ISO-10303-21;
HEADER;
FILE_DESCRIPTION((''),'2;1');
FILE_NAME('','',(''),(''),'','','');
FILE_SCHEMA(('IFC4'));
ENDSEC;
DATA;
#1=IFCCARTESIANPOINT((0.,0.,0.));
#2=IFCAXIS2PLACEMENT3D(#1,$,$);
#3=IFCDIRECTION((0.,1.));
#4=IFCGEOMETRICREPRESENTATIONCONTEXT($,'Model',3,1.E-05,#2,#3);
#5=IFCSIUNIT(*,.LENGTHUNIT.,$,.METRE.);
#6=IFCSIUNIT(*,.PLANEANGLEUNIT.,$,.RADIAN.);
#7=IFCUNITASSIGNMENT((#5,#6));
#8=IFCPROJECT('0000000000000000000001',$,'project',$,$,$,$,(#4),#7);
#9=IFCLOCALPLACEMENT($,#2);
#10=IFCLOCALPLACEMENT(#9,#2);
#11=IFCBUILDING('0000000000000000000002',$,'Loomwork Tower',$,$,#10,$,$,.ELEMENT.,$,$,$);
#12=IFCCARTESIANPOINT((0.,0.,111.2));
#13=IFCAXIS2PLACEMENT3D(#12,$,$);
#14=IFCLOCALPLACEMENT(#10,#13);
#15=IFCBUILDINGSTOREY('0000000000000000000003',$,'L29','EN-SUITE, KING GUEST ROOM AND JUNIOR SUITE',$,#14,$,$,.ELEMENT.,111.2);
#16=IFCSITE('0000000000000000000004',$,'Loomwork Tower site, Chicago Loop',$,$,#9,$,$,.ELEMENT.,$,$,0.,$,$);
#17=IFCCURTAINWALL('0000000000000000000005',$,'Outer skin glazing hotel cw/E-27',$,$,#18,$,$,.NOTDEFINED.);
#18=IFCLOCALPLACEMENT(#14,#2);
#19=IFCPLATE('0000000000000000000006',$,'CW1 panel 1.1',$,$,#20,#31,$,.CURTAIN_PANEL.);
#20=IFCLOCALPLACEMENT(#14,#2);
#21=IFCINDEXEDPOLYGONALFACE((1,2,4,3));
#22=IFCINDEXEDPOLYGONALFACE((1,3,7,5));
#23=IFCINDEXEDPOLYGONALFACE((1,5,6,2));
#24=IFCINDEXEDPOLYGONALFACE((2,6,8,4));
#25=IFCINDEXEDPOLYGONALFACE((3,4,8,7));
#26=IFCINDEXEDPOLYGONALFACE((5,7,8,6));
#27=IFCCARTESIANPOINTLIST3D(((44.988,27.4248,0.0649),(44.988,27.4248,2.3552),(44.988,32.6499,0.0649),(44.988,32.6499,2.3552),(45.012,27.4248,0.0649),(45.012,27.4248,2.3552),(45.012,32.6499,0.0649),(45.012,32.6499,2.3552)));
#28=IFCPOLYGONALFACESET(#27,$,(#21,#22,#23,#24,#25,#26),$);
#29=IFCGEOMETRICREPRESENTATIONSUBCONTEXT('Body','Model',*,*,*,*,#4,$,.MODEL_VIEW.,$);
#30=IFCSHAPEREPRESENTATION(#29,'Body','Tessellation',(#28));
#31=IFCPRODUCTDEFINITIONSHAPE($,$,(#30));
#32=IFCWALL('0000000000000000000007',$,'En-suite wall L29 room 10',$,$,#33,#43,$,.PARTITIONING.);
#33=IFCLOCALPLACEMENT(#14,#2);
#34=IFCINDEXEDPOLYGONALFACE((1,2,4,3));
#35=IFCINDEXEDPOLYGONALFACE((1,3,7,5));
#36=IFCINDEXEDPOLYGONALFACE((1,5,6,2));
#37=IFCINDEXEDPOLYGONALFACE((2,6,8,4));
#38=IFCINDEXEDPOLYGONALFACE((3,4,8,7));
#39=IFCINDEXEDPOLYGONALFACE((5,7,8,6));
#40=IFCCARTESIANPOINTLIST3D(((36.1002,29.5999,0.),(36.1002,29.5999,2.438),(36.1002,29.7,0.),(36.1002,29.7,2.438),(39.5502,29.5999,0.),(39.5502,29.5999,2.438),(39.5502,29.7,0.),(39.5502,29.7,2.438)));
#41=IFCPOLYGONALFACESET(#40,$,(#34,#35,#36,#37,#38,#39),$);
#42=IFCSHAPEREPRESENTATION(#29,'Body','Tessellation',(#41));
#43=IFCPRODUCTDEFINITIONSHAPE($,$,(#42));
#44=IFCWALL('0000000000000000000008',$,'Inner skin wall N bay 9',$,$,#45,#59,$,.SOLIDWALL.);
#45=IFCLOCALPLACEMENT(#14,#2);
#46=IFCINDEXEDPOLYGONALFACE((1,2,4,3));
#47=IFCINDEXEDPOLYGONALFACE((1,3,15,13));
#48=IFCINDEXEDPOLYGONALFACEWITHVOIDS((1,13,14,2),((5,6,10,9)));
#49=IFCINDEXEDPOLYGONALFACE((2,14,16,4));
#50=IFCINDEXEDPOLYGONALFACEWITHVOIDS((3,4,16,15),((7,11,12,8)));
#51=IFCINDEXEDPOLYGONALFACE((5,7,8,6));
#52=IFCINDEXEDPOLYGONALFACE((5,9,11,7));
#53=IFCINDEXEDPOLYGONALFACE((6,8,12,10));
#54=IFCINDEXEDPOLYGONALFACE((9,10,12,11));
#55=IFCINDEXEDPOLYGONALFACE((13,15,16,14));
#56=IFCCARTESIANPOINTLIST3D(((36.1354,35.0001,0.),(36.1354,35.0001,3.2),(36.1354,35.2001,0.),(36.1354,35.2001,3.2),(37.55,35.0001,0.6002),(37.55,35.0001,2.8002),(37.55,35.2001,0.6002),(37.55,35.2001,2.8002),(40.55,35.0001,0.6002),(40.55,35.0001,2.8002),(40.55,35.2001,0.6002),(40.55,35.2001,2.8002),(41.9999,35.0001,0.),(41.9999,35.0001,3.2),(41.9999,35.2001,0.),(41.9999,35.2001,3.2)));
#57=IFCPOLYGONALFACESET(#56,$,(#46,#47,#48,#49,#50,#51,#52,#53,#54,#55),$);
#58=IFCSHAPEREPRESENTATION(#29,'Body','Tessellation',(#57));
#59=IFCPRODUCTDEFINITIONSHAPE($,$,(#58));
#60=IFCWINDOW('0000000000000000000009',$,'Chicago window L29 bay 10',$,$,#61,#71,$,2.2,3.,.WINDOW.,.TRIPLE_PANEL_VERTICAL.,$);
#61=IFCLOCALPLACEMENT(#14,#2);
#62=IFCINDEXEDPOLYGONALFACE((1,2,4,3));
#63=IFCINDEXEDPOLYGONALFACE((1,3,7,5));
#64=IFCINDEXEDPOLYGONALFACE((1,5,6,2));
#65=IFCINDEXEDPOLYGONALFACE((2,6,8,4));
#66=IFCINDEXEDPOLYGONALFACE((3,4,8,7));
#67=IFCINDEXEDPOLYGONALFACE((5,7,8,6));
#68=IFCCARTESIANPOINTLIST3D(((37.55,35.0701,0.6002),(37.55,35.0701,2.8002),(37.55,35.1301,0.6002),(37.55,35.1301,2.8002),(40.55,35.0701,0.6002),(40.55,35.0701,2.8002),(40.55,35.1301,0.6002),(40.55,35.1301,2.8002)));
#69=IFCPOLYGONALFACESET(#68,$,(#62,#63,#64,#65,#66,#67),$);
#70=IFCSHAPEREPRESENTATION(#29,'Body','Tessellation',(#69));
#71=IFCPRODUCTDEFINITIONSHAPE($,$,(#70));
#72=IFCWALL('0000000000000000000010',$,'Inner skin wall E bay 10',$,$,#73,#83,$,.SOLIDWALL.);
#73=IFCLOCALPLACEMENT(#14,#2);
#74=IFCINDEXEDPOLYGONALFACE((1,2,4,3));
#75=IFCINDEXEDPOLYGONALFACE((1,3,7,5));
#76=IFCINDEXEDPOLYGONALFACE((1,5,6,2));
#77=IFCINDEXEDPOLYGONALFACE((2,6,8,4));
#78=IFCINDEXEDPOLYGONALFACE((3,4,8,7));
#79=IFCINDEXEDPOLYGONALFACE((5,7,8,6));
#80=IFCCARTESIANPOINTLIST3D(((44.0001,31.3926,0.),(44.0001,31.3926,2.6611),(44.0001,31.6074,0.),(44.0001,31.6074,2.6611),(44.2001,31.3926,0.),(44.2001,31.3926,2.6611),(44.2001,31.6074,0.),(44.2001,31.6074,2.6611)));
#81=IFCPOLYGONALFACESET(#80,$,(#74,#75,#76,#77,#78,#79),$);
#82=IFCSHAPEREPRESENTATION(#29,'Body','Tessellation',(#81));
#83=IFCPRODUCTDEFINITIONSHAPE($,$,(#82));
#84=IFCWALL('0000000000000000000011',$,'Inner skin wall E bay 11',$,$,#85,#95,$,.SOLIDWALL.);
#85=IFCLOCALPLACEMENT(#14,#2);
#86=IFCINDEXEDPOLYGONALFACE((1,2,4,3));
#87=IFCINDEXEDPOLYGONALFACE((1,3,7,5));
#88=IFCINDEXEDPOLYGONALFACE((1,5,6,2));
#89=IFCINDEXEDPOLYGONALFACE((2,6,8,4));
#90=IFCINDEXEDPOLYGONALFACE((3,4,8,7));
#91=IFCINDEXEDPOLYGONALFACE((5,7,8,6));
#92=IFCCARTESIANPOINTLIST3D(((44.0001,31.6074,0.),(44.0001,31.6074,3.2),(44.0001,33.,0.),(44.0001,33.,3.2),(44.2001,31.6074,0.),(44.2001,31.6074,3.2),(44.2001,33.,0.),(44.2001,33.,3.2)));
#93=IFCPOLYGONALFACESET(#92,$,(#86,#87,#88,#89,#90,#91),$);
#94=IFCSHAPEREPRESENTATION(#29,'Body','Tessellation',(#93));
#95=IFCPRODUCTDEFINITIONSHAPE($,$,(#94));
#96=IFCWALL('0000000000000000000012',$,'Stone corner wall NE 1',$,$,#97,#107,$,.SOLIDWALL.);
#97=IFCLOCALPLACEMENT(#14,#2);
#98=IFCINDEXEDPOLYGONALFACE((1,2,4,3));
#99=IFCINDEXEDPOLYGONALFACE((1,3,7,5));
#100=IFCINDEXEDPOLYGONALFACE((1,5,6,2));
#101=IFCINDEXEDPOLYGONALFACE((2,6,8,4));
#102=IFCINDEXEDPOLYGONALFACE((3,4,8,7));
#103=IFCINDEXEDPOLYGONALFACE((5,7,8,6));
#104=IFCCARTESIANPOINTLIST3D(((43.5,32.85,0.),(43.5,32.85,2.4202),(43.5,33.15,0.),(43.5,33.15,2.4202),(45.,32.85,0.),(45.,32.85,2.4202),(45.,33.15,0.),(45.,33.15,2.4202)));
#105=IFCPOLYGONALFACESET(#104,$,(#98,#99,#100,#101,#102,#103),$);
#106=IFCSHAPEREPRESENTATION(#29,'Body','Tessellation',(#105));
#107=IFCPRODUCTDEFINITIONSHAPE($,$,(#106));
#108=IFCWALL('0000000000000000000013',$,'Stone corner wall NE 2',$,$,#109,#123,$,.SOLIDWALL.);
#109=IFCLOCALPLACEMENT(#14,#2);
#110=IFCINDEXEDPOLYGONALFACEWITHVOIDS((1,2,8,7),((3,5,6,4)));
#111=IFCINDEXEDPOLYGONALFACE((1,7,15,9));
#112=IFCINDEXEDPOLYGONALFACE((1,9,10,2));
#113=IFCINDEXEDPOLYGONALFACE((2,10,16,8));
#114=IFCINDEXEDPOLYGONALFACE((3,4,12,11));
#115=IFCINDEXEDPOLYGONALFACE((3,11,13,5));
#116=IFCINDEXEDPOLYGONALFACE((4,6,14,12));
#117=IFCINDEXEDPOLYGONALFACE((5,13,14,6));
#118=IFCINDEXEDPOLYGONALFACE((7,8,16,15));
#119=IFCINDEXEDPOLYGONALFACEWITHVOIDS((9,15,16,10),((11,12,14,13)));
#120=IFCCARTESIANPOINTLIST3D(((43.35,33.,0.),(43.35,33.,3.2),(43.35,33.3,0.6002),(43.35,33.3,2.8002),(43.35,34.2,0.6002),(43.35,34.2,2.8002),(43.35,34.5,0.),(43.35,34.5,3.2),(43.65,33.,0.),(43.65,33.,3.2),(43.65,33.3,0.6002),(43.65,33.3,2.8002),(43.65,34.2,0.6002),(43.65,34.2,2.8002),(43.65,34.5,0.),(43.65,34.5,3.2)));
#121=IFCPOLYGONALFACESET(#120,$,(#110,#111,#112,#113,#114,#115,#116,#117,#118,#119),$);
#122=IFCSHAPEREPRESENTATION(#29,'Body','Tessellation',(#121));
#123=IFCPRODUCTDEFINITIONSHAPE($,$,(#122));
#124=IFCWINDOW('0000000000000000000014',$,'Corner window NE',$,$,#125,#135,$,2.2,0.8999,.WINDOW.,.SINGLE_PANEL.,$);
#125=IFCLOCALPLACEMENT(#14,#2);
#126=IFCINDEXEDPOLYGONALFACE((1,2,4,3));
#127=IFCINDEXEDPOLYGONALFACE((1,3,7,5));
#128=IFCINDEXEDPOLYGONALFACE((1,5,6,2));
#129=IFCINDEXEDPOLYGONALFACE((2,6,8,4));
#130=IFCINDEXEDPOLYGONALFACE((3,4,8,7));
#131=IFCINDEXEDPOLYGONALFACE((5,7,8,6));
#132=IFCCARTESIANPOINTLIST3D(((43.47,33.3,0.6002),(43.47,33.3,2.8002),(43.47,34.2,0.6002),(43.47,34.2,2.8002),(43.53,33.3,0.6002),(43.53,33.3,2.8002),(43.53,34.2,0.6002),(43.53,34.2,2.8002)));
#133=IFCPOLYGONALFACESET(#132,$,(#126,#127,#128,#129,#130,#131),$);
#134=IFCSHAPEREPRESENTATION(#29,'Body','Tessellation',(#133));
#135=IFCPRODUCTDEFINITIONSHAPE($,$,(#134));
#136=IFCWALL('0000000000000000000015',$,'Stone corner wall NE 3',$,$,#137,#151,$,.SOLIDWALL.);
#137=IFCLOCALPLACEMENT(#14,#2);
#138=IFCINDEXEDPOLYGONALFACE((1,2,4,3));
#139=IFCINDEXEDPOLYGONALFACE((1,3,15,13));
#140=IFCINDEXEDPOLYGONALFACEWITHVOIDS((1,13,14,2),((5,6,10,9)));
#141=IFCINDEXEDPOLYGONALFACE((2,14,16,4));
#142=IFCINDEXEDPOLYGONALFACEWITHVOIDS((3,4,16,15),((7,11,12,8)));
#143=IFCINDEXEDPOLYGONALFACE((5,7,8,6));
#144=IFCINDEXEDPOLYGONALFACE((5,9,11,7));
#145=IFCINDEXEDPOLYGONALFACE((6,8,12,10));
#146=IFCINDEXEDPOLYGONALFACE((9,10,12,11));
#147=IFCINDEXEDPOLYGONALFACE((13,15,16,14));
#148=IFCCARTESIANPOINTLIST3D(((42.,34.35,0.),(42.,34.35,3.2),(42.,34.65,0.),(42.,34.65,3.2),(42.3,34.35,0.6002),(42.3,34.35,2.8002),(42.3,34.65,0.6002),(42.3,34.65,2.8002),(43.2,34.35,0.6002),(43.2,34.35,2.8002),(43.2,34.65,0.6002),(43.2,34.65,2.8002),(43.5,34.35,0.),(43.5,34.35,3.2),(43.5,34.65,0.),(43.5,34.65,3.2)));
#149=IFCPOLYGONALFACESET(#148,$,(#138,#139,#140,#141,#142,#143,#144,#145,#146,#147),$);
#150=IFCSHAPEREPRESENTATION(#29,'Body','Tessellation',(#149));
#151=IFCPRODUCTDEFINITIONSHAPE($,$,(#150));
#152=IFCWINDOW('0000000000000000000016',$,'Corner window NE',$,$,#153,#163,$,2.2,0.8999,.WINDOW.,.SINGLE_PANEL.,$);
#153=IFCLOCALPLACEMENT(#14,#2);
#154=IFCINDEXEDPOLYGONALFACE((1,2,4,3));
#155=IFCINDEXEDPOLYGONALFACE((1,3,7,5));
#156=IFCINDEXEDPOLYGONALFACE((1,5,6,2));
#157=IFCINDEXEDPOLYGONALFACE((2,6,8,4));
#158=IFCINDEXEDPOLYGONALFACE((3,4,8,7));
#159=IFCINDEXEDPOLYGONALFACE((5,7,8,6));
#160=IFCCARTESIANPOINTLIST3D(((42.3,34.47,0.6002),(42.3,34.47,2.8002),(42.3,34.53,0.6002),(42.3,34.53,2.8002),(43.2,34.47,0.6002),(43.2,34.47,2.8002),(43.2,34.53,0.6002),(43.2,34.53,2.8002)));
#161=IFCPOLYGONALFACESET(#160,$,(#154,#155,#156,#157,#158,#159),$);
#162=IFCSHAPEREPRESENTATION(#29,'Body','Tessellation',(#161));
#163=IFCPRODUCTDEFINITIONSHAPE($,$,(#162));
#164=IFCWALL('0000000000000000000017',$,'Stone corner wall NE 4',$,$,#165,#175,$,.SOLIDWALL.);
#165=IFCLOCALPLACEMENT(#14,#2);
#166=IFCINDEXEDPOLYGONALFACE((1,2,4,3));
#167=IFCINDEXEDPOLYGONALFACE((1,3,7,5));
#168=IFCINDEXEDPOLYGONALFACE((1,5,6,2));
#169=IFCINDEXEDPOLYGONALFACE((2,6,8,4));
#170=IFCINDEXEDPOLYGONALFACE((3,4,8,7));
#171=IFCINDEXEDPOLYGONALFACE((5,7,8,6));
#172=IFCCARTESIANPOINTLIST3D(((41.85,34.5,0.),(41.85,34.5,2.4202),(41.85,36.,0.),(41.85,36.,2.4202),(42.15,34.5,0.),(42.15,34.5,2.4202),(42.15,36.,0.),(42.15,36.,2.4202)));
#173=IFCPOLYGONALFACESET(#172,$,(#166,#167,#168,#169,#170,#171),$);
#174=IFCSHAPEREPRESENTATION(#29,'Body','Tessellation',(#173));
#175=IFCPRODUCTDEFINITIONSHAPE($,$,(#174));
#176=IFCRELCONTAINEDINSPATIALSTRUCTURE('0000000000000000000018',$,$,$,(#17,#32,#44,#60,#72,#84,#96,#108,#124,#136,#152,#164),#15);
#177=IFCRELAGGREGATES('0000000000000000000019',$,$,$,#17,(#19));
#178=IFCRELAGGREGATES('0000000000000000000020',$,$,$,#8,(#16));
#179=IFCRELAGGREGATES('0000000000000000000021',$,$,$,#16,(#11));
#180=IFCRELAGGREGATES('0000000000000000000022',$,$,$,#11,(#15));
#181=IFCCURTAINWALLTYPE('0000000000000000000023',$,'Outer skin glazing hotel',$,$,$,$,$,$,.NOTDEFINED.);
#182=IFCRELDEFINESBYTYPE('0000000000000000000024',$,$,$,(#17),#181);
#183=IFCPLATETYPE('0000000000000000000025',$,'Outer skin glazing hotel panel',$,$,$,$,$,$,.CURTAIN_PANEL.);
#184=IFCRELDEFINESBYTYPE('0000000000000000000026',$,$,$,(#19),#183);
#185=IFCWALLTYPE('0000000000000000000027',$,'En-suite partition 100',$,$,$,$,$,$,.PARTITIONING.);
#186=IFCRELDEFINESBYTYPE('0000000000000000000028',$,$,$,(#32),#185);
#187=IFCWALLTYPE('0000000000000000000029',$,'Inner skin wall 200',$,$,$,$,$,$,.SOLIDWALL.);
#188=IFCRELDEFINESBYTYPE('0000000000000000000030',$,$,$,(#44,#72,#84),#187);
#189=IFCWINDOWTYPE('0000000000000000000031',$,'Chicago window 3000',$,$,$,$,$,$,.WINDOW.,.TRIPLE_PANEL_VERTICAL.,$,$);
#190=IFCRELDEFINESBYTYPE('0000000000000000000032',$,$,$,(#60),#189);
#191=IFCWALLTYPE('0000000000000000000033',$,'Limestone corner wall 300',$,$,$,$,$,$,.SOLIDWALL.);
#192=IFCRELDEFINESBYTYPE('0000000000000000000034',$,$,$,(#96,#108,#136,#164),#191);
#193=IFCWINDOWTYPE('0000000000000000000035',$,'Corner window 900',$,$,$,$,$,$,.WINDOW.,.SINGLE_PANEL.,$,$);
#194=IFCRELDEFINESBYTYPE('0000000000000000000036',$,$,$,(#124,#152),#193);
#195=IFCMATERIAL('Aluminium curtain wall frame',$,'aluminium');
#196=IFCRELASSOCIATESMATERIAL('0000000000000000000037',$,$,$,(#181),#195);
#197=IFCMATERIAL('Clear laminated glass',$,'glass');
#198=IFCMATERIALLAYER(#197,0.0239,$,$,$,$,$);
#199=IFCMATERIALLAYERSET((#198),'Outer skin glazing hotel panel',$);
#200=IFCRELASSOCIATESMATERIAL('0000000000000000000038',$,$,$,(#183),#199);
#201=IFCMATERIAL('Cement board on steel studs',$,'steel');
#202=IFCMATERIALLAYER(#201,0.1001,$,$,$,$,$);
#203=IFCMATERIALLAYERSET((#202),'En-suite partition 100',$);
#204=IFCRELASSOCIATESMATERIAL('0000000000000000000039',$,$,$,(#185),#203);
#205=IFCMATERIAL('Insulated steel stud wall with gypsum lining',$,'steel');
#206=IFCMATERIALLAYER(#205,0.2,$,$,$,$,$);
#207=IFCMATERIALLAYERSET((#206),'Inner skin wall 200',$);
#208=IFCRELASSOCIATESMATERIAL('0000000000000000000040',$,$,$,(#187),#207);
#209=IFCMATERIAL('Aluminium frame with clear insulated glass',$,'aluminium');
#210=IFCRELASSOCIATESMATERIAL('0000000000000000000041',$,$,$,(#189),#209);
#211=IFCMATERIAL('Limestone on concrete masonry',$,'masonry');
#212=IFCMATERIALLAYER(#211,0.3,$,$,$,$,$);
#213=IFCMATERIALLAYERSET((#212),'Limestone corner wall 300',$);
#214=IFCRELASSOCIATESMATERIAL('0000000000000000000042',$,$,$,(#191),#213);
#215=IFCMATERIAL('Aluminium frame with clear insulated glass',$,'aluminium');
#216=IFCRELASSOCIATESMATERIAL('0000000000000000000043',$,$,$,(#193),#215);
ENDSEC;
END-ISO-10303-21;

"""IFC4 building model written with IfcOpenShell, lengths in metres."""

from ifc_helpers import new_model, si_unit, direction, frame, frame_2d, origin, origin_2d, place, context, subcontext, project, spatial, rectangle, extrude, material, layer, layer_set, type_object, element, fill, aggregate, save


model = new_model("IFC4")

# Units and contexts
model_context = context("Model", 3, precision=1e-05, world=origin(), true_north=direction((0.0, 1.0)))
body_context = subcontext(model_context, "Body", "Model", "MODEL_VIEW")
ifc_project = project(units=[si_unit("LENGTHUNIT", "METRE"), si_unit("PLANEANGLEUNIT", "RADIAN")], contexts=[model_context])

# Site, building, storey
site_placement = place(None, origin())
site = spatial("IfcSite", under=ifc_project, at=site_placement, Name="Loomwork Tower site, Chicago Loop", CompositionType="ELEMENT", RefElevation=0.0)
building_placement = place(site_placement, origin())
building = spatial("IfcBuilding", under=site, at=building_placement, Name="Loomwork Tower", CompositionType="ELEMENT")
storey_placement = place(building_placement, frame((0.0, 0.0, 111.2)))
storey = spatial("IfcBuildingStorey", under=building, at=storey_placement, Name="L29", Description="EN-SUITE, KING GUEST ROOM AND JUNIOR SUITE", CompositionType="ELEMENT", Elevation=111.2)

# Curtain wall
ifc_material_1 = material(Name="Aluminium curtain wall frame", Category="aluminium")
curtain_wall_type = type_object("IfcCurtainWallType", Name="Outer skin glazing hotel", PredefinedType="NOTDEFINED", material=ifc_material_1)
curtain_wall_1_placement = place(storey_placement, origin())
curtain_wall_1 = element("IfcCurtainWall", 1, at=curtain_wall_1_placement, inside=storey, type_object=curtain_wall_type, Name="Outer skin glazing hotel cw/E-27", PredefinedType="NOTDEFINED")

# Plate
ifc_material_2 = material(Name="Clear laminated glass", Category="glass")
ifc_layer_1 = layer(ifc_material_2, 0.0239)
ifc_layer_set_1 = layer_set([ifc_layer_1], Name="Outer skin glazing hotel panel")
plate_type = type_object("IfcPlateType", Name="Outer skin glazing hotel panel", PredefinedType="CURTAIN_PANEL", material=ifc_layer_set_1)
plate_1_placement = place(storey_placement, frame((45.0, 30.0374, 0.0649), z_axis=(0.0, 0.0, 1.0), x_axis=(0.0, 1.0, 0.0)))
plate_1 = element("IfcPlate", 2, at=plate_1_placement, type_object=plate_type, Name="CW1 panel 1.1", PredefinedType="CURTAIN_PANEL", context=body_context, shape_type="SweptSolid", body=[
    extrude(rectangle(XDim=5.2251, YDim=0.0239, at=origin_2d()), origin(), (0.0, 0.0, 1.0), 2.2903),
])
aggregate(curtain_wall_1, [plate_1])

# Wall
ifc_material_3 = material(Name="Cement board on steel studs", Category="steel")
ifc_layer_2 = layer(ifc_material_3, 0.1001)
ifc_layer_set_2 = layer_set([ifc_layer_2], Name="En-suite partition 100")
wall_type_1 = type_object("IfcWallType", Name="En-suite partition 100", PredefinedType="PARTITIONING", material=ifc_layer_set_2)
wall_1_placement = place(storey_placement, frame((36.1001, 29.6499, 0.0), z_axis=(0.0, 0.0, 1.0), x_axis=(1.0, 0.0, 0.0)))
element("IfcWall", 3, at=wall_1_placement, inside=storey, type_object=wall_type_1, Name="En-suite wall L29 room 10", PredefinedType="PARTITIONING", context=body_context, shape_type="SweptSolid", body=[
    extrude(rectangle(XDim=3.45, YDim=0.1001, at=frame_2d((1.7251, 0.0))), origin(), (0.0, 0.0, 1.0), 2.438),
])

# Wall, opening, window
ifc_material_4 = material(Name="Insulated steel stud wall with gypsum lining", Category="steel")
ifc_layer_3 = layer(ifc_material_4, 0.2)
ifc_layer_set_3 = layer_set([ifc_layer_3], Name="Inner skin wall 200")
wall_type_2 = type_object("IfcWallType", Name="Inner skin wall 200", PredefinedType="SOLIDWALL", material=ifc_layer_set_3)
wall_2_placement = place(storey_placement, frame((36.1355, 35.1001, 0.0), z_axis=(0.0, 0.0, 1.0), x_axis=(1.0, 0.0, 0.0)))
wall_2 = element("IfcWall", 4, at=wall_2_placement, inside=storey, type_object=wall_type_2, Name="Inner skin wall N bay 9", PredefinedType="SOLIDWALL", context=body_context, shape_type="SweptSolid", body=[
    extrude(rectangle(XDim=5.8645, YDim=0.2, at=frame_2d((2.9321, 0.0))), origin(), (0.0, 0.0, 1.0), 3.2),
])
opening_1_placement = place(wall_2_placement, frame((1.4146, 0.0, 0.6001)))
opening_1 = element("IfcOpeningElement", 5, at=opening_1_placement, cuts=wall_2, PredefinedType="OPENING", context=body_context, shape_type="SweptSolid", body=[
    extrude(rectangle(XDim=3.0, YDim=2.2, at=frame_2d((1.5, 1.1001))), frame((0.0, 0.1099, 0.0), z_axis=(0.0, -1.0, 0.0), x_axis=(1.0, 0.0, 0.0)), (0.0, 0.0, 1.0), 0.22),
])
ifc_material_5 = material(Name="Aluminium frame with clear insulated glass", Category="aluminium")
window_type_1 = type_object("IfcWindowType", Name="Chicago window 3000", PartitioningType="TRIPLE_PANEL_VERTICAL", PredefinedType="WINDOW", material=ifc_material_5)
window_1_placement = place(opening_1_placement, origin())
window_1 = element("IfcWindow", 6, at=window_1_placement, inside=storey, type_object=window_type_1, Name="Chicago window L29 bay 10", OverallHeight=2.2, OverallWidth=3.0, PartitioningType="TRIPLE_PANEL_VERTICAL", PredefinedType="WINDOW", context=body_context, shape_type="SweptSolid", body=[
    extrude(rectangle(XDim=3.0, YDim=2.2, at=frame_2d((1.5, 1.1001))), frame((0.0, 0.03, 0.0), z_axis=(0.0, -1.0, 0.0), x_axis=(1.0, 0.0, 0.0)), (0.0, 0.0, 1.0), 0.0601),
])
fill(opening_1, window_1)

# Walls
wall_3_placement = place(storey_placement, frame((44.1001, 31.3926, 0.0), z_axis=(0.0, 0.0, 1.0), x_axis=(0.0, 1.0, 0.0)))
element("IfcWall", 7, at=wall_3_placement, inside=storey, type_object=wall_type_2, Name="Inner skin wall E bay 10", PredefinedType="SOLIDWALL", context=body_context, shape_type="SweptSolid", body=[
    extrude(rectangle(XDim=0.2148, YDim=0.2, at=frame_2d((0.1074, 0.0))), origin(), (0.0, 0.0, 1.0), 2.6611),
])
wall_4_placement = place(storey_placement, frame((44.1001, 31.6074, 0.0), z_axis=(0.0, 0.0, 1.0), x_axis=(0.0, 1.0, 0.0)))
element("IfcWall", 8, at=wall_4_placement, inside=storey, type_object=wall_type_2, Name="Inner skin wall E bay 11", PredefinedType="SOLIDWALL", context=body_context, shape_type="SweptSolid", body=[
    extrude(rectangle(XDim=1.3926, YDim=0.2, at=frame_2d((0.6963, 0.0))), origin(), (0.0, 0.0, 1.0), 3.2),
])
ifc_material_6 = material(Name="Limestone on concrete masonry", Category="masonry")
ifc_layer_4 = layer(ifc_material_6, 0.3)
ifc_layer_set_4 = layer_set([ifc_layer_4], Name="Limestone corner wall 300")
wall_type_3 = type_object("IfcWallType", Name="Limestone corner wall 300", PredefinedType="SOLIDWALL", material=ifc_layer_set_4)
wall_5_placement = place(storey_placement, frame((45.0, 33.0, 0.0), z_axis=(0.0, 0.0, 1.0), x_axis=(-1.0, 0.0, 0.0)))
element("IfcWall", 9, at=wall_5_placement, inside=storey, type_object=wall_type_3, Name="Stone corner wall NE 1", PredefinedType="SOLIDWALL", context=body_context, shape_type="SweptSolid", body=[
    extrude(rectangle(XDim=1.5, YDim=0.3, at=frame_2d((0.75, 0.0))), origin(), (0.0, 0.0, 1.0), 2.4202),
])

# Walls, openings, windows
wall_6_placement = place(storey_placement, frame((43.5, 33.0, 0.0), z_axis=(0.0, 0.0, 1.0), x_axis=(0.0, 1.0, 0.0)))
wall_6 = element("IfcWall", 10, at=wall_6_placement, inside=storey, type_object=wall_type_3, Name="Stone corner wall NE 2", PredefinedType="SOLIDWALL", context=body_context, shape_type="SweptSolid", body=[
    extrude(rectangle(XDim=1.5, YDim=0.3, at=frame_2d((0.75, 0.0))), origin(), (0.0, 0.0, 1.0), 3.2),
])
opening_2_placement = place(wall_6_placement, frame((0.3, 0.0, 0.6001)))
opening_2 = element("IfcOpeningElement", 11, at=opening_2_placement, cuts=wall_6, PredefinedType="OPENING", context=body_context, shape_type="SweptSolid", body=[
    extrude(rectangle(XDim=0.8999, YDim=2.2, at=frame_2d((0.45, 1.1001))), frame((0.0, 0.1599, 0.0), z_axis=(0.0, -1.0, 0.0), x_axis=(1.0, 0.0, 0.0)), (0.0, 0.0, 1.0), 0.3201),
])
ifc_material_7 = material(Name="Aluminium frame with clear insulated glass", Category="aluminium")
window_type_2 = type_object("IfcWindowType", Name="Corner window 900", PartitioningType="SINGLE_PANEL", PredefinedType="WINDOW", material=ifc_material_7)
window_2_placement = place(opening_2_placement, origin())
window_2 = element("IfcWindow", 12, at=window_2_placement, inside=storey, type_object=window_type_2, Name="Corner window NE", OverallHeight=2.2, OverallWidth=0.8999, PartitioningType="SINGLE_PANEL", PredefinedType="WINDOW", context=body_context, shape_type="SweptSolid", body=[
    extrude(rectangle(XDim=0.8999, YDim=2.2, at=frame_2d((0.45, 1.1001))), frame((0.0, 0.03, 0.0), z_axis=(0.0, -1.0, 0.0), x_axis=(1.0, 0.0, 0.0)), (0.0, 0.0, 1.0), 0.0601),
])
fill(opening_2, window_2)
wall_7_placement = place(storey_placement, frame((43.5, 34.5, 0.0), z_axis=(0.0, 0.0, 1.0), x_axis=(-1.0, 0.0, 0.0)))
wall_7 = element("IfcWall", 13, at=wall_7_placement, inside=storey, type_object=wall_type_3, Name="Stone corner wall NE 3", PredefinedType="SOLIDWALL", context=body_context, shape_type="SweptSolid", body=[
    extrude(rectangle(XDim=1.5, YDim=0.3, at=frame_2d((0.75, 0.0))), origin(), (0.0, 0.0, 1.0), 3.2),
])
opening_3_placement = place(wall_7_placement, frame((0.3, 0.0, 0.6001)))
opening_3 = element("IfcOpeningElement", 14, at=opening_3_placement, cuts=wall_7, PredefinedType="OPENING", context=body_context, shape_type="SweptSolid", body=[
    extrude(rectangle(XDim=0.8999, YDim=2.2, at=frame_2d((0.45, 1.1001))), frame((0.0, 0.1599, 0.0), z_axis=(0.0, -1.0, 0.0), x_axis=(1.0, 0.0, 0.0)), (0.0, 0.0, 1.0), 0.3201),
])
window_3_placement = place(opening_3_placement, origin())
window_3 = element("IfcWindow", 15, at=window_3_placement, inside=storey, type_object=window_type_2, Name="Corner window NE", OverallHeight=2.2, OverallWidth=0.8999, PartitioningType="SINGLE_PANEL", PredefinedType="WINDOW", context=body_context, shape_type="SweptSolid", body=[
    extrude(rectangle(XDim=0.8999, YDim=2.2, at=frame_2d((0.45, 1.1001))), frame((0.0, 0.03, 0.0), z_axis=(0.0, -1.0, 0.0), x_axis=(1.0, 0.0, 0.0)), (0.0, 0.0, 1.0), 0.0601),
])
fill(opening_3, window_3)

# Wall
wall_8_placement = place(storey_placement, frame((42.0, 34.5, 0.0), z_axis=(0.0, 0.0, 1.0), x_axis=(0.0, 1.0, 0.0)))
element("IfcWall", 16, at=wall_8_placement, inside=storey, type_object=wall_type_3, Name="Stone corner wall NE 4", PredefinedType="SOLIDWALL", context=body_context, shape_type="SweptSolid", body=[
    extrude(rectangle(XDim=1.5, YDim=0.3, at=frame_2d((0.75, 0.0))), origin(), (0.0, 0.0, 1.0), 2.4202),
])

save(model, "model.ifc")
